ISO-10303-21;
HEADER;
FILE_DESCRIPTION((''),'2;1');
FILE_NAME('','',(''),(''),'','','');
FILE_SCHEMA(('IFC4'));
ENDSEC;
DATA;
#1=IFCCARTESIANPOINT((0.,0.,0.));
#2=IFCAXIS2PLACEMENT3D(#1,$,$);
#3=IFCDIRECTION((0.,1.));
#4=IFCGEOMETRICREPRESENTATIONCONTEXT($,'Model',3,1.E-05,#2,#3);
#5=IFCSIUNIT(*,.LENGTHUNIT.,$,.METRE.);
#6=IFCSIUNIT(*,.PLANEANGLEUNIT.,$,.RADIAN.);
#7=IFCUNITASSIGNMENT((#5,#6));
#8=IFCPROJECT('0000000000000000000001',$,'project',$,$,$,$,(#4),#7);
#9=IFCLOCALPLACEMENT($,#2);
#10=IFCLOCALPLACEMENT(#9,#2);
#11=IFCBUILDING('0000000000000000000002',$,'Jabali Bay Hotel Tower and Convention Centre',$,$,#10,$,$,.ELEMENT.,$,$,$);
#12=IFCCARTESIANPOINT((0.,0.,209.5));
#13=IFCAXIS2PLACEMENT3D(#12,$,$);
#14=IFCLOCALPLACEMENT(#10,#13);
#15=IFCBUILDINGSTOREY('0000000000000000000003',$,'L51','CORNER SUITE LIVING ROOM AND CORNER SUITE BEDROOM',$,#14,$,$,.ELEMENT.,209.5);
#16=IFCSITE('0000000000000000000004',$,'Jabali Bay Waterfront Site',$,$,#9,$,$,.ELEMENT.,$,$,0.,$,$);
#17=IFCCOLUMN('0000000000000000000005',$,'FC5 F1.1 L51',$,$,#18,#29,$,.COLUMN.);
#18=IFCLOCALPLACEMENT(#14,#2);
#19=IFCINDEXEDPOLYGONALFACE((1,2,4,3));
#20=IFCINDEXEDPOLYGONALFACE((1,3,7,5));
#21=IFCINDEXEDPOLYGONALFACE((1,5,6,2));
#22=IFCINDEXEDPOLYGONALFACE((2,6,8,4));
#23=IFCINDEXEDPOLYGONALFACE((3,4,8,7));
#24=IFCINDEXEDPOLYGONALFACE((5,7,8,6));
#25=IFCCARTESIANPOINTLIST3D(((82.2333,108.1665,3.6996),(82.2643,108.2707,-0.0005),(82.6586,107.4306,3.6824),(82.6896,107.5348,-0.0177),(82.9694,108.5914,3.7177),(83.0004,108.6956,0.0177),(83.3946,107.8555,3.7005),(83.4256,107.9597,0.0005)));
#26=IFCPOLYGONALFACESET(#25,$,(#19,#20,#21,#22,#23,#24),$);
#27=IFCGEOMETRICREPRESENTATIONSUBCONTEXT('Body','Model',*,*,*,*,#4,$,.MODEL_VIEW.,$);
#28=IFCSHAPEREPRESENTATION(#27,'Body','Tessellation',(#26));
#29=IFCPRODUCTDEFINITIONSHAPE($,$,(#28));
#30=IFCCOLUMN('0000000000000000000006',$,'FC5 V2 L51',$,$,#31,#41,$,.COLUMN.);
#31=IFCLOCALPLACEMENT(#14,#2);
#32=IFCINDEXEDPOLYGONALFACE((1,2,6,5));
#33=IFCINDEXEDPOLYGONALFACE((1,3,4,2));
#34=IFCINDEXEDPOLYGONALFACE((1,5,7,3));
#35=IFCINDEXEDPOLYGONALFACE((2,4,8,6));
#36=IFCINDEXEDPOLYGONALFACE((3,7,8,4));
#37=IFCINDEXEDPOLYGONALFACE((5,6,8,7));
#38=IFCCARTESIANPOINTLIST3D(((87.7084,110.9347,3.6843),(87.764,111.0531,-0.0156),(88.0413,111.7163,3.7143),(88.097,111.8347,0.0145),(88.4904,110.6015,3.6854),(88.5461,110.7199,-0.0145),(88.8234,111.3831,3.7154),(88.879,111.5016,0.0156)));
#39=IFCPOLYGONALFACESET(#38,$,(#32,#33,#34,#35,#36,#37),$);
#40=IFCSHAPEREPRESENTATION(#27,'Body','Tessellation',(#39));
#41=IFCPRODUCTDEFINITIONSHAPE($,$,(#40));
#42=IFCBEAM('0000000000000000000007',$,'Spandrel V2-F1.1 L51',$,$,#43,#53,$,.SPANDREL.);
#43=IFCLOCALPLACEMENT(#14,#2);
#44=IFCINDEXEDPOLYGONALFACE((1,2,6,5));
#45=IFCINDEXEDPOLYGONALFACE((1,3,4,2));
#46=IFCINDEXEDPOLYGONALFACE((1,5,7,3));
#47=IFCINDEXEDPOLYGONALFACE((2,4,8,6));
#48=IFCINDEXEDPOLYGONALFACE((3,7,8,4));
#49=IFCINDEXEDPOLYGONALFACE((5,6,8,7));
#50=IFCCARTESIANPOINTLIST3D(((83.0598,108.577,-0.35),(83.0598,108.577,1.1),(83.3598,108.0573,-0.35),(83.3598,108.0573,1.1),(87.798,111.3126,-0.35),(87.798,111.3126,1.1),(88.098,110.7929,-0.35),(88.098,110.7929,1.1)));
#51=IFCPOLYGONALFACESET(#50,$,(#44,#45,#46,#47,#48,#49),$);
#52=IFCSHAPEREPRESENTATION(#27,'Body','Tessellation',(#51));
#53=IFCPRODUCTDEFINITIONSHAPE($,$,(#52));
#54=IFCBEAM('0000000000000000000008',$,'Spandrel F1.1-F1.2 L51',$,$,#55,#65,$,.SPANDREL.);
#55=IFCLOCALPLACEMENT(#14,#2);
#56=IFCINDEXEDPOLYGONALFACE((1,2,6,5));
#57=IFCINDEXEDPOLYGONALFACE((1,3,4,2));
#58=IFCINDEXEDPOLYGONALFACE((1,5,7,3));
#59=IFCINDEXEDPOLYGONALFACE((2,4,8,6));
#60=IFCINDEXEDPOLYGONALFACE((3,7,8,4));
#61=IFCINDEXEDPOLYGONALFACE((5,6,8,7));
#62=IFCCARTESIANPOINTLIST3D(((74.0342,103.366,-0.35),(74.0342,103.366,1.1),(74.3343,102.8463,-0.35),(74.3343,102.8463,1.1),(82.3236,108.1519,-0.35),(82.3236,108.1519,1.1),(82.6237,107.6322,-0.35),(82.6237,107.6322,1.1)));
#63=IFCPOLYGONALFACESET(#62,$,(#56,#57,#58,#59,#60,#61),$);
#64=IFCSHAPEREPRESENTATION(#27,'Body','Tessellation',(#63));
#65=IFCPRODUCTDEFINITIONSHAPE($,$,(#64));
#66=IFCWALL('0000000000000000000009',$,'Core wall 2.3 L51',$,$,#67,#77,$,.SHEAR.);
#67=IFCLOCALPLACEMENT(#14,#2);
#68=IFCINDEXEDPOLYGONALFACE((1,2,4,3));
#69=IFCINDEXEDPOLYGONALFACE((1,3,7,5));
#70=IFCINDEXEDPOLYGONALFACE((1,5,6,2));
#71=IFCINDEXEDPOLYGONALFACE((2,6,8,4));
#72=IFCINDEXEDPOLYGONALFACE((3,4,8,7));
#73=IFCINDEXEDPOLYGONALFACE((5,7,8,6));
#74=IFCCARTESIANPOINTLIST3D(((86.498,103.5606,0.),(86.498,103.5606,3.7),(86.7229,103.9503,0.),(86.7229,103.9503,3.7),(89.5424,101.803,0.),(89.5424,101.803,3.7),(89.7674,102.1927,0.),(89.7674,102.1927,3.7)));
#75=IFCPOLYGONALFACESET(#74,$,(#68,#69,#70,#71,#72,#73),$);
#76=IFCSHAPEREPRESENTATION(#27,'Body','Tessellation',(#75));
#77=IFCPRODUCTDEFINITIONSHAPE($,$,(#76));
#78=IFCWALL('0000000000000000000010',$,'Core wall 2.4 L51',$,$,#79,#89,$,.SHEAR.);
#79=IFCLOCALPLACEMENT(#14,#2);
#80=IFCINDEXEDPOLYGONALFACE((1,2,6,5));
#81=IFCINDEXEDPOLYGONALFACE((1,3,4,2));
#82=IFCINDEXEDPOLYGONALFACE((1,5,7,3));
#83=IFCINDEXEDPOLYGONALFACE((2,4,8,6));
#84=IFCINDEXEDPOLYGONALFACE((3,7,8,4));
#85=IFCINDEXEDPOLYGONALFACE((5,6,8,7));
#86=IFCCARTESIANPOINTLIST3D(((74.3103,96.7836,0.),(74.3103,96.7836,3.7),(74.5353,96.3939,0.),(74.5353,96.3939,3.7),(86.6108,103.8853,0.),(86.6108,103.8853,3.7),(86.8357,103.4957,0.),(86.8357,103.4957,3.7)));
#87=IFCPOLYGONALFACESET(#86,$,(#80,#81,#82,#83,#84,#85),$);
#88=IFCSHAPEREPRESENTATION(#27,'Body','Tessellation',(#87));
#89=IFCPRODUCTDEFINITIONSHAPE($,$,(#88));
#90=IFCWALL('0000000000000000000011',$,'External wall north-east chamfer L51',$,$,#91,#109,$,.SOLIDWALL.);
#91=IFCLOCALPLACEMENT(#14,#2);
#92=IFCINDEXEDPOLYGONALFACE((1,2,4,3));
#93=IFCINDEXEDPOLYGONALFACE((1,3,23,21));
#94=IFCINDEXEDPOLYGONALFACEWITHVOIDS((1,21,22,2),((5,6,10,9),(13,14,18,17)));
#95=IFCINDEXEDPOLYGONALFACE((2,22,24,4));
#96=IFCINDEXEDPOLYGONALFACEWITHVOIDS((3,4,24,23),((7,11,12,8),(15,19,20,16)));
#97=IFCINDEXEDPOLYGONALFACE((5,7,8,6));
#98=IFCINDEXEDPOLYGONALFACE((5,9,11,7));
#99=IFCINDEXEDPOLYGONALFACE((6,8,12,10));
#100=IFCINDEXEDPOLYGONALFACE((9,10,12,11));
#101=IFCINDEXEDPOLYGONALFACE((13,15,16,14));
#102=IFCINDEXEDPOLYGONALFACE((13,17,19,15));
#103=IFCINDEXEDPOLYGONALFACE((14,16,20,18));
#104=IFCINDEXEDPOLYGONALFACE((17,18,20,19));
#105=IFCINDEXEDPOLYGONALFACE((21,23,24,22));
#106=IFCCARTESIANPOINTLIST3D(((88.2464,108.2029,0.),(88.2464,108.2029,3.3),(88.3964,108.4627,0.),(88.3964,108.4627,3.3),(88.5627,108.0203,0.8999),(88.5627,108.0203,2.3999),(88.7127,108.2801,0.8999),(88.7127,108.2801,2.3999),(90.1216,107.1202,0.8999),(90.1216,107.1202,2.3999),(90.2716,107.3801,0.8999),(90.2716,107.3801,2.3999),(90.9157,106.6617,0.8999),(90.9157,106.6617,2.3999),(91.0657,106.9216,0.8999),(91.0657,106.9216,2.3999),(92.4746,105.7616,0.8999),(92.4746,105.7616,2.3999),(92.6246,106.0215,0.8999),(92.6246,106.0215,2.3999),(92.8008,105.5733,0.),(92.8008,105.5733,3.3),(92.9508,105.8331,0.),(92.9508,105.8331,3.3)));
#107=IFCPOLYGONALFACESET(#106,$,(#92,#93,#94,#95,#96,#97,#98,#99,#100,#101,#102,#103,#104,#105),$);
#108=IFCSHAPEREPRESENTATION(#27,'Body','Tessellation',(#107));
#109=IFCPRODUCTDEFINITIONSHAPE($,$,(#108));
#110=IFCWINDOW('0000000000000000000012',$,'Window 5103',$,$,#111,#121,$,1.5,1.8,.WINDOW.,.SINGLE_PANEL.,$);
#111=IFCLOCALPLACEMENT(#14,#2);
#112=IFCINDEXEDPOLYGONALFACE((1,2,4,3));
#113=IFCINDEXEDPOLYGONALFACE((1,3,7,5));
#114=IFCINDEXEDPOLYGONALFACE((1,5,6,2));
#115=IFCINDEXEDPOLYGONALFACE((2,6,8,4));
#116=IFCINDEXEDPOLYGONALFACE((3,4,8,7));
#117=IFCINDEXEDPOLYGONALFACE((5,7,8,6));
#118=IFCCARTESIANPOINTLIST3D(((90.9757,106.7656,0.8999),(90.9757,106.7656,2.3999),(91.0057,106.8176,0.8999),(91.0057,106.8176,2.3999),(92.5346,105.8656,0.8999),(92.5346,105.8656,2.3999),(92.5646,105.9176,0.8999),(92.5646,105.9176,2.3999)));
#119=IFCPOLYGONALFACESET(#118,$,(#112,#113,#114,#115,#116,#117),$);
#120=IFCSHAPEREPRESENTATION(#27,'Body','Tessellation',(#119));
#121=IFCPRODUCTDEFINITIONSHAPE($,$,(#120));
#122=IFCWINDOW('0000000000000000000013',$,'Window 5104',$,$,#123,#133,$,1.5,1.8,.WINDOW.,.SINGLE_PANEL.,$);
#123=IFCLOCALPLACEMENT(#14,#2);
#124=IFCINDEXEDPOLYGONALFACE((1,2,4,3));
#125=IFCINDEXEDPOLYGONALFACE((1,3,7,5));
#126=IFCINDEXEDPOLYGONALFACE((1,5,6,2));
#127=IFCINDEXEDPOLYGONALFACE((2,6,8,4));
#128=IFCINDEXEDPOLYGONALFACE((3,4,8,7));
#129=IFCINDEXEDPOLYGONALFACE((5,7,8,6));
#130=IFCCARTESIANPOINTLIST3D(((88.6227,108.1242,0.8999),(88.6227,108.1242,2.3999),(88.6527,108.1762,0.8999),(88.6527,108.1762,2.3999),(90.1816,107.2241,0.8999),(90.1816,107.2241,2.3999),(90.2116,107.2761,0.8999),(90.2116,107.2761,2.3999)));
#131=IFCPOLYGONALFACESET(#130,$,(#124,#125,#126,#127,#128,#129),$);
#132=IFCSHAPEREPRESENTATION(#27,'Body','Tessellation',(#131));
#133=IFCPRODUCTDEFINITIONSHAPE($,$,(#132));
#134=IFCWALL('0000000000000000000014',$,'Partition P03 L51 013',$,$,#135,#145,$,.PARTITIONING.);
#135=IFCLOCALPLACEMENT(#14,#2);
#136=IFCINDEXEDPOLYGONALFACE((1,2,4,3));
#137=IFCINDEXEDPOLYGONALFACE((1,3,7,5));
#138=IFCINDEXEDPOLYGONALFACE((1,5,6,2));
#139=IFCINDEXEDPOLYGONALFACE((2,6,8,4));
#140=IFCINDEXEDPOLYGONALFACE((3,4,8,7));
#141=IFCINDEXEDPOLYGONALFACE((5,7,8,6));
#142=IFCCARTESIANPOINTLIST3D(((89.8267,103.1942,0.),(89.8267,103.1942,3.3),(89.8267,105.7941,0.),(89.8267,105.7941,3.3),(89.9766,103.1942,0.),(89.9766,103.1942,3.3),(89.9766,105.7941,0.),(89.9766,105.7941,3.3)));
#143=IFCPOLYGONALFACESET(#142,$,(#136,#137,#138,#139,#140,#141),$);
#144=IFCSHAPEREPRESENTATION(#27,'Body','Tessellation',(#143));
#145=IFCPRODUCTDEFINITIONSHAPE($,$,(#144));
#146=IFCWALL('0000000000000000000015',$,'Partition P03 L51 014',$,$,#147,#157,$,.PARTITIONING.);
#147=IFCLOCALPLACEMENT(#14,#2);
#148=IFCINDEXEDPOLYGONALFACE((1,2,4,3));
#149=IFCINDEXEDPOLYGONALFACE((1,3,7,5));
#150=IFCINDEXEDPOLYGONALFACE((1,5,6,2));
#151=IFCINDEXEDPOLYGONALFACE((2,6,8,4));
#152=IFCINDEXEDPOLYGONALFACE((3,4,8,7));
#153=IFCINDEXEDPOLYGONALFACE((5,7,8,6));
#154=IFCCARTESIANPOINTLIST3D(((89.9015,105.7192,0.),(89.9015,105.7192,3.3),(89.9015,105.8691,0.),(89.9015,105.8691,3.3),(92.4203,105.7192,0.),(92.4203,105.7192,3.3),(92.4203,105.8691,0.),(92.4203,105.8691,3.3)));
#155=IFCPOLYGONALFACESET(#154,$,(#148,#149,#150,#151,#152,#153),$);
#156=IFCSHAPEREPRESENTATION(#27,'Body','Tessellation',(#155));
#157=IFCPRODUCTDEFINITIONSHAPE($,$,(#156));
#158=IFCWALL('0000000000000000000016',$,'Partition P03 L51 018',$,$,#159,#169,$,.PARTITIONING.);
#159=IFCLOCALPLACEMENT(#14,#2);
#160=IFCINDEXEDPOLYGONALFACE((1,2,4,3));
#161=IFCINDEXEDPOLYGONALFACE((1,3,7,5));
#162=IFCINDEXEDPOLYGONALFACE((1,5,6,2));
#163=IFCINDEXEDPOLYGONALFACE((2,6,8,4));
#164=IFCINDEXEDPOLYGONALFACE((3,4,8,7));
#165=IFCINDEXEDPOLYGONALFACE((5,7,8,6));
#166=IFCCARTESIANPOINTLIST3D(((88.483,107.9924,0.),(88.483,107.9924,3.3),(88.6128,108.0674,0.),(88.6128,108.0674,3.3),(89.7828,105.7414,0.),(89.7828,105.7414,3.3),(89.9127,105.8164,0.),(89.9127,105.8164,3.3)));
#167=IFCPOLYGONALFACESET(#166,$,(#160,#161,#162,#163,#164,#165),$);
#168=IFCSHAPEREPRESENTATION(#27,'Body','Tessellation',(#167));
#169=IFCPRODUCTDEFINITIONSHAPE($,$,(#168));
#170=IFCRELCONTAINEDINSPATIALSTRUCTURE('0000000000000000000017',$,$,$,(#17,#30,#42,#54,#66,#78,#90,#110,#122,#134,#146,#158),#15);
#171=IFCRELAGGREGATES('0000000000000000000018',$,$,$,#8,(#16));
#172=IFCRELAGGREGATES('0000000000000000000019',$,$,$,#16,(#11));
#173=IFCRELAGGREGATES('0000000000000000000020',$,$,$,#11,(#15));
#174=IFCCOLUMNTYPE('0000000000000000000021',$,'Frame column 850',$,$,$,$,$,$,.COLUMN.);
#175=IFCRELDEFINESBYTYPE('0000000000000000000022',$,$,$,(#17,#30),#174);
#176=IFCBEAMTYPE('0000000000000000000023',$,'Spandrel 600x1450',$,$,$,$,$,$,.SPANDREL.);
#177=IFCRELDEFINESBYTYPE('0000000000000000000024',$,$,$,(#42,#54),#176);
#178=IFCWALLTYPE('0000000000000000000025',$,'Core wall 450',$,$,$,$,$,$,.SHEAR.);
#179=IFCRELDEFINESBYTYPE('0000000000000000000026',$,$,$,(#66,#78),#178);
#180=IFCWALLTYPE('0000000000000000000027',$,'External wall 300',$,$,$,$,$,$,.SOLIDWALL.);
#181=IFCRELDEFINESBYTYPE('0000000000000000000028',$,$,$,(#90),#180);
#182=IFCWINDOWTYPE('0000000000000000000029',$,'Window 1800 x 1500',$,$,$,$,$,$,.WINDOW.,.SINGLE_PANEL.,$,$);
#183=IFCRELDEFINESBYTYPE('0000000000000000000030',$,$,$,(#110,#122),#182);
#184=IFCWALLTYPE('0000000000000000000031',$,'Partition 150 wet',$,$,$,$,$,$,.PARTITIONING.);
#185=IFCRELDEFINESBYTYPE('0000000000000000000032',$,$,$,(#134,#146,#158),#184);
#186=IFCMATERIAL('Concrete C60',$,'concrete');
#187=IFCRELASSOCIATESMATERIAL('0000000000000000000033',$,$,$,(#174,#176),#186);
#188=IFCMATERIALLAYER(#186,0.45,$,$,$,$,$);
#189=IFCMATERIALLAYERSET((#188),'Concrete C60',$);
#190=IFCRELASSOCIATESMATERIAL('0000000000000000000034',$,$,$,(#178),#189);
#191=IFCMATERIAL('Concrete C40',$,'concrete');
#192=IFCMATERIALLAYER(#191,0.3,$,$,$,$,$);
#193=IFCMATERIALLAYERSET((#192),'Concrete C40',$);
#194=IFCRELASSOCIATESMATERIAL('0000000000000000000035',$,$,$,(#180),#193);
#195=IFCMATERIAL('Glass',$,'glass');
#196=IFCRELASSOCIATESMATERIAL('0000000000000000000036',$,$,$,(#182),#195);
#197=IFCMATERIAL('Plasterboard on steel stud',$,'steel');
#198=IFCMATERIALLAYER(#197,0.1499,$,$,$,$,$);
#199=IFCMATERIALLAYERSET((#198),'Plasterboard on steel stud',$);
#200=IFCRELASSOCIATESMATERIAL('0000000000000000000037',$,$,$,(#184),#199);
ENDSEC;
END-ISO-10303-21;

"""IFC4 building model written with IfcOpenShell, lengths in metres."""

from ifc_helpers import new_model, si_unit, direction, frame, frame_2d, origin, origin_2d, place, context, subcontext, project, spatial, rectangle, extrude, material, layer, layer_set, material_profile, profile_set, type_object, element, fill, save


model = new_model("IFC4")

# Units and contexts
model_context = context("Model", 3, precision=1e-05, world=origin(), true_north=direction((0.0, 1.0)))
body_context = subcontext(model_context, "Body", "Model", "MODEL_VIEW")
ifc_project = project(units=[si_unit("LENGTHUNIT", "METRE"), si_unit("PLANEANGLEUNIT", "RADIAN")], contexts=[model_context])

# Site, building, storey
site_placement = place(None, origin())
site = spatial("IfcSite", under=ifc_project, at=site_placement, Name="Jabali Bay Waterfront Site", CompositionType="ELEMENT", RefElevation=0.0)
building_placement = place(site_placement, origin())
building = spatial("IfcBuilding", under=site, at=building_placement, Name="Jabali Bay Hotel Tower and Convention Centre", CompositionType="ELEMENT")
storey_placement = place(building_placement, frame((0.0, 0.0, 209.5)))
storey = spatial("IfcBuildingStorey", under=building, at=storey_placement, Name="L51", Description="CORNER SUITE LIVING ROOM AND CORNER SUITE BEDROOM", CompositionType="ELEMENT", Elevation=209.5)

# Columns
ifc_material_1 = material(Name="Concrete C60", Category="concrete")
ifc_material_profile_1 = material_profile(ifc_material_1, rectangle(XDim=0.8501, YDim=0.8501, at=origin_2d()), Name="Frame column 850")
ifc_profile_set_1 = profile_set([ifc_material_profile_1], Name="Concrete C60")
column_type = type_object("IfcColumnType", Name="Frame column 850", PredefinedType="COLUMN", material=ifc_profile_set_1)
column_1_placement = place(storey_placement, frame((82.845, 108.1152, 0.0), z_axis=(-0.008376, -0.028163, 0.999568), x_axis=(0.865852, 0.499845, 0.021339)))
element("IfcColumn", 1, at=column_1_placement, inside=storey, type_object=column_type, Name="FC5 F1.1 L51", PredefinedType="COLUMN", context=body_context, shape_type="SweptSolid", body=[
    extrude(rectangle(XDim=0.8501, YDim=0.8501, at=origin_2d()), origin(), (0.0, 0.0, 1.0), 3.7017),
])
column_2_placement = place(storey_placement, frame((88.3215, 111.2773, 0.0), z_axis=(-0.015035, -0.031983, 0.999375), x_axis=(0.919987, -0.391947, 0.001297)))
element("IfcColumn", 2, at=column_2_placement, inside=storey, type_object=column_type, Name="FC5 V2 L51", PredefinedType="COLUMN", context=body_context, shape_type="SweptSolid", body=[
    extrude(rectangle(XDim=0.8501, YDim=0.8501, at=origin_2d()), origin(), (0.0, 0.0, 1.0), 3.7021),
])

# Beams
ifc_material_profile_2 = material_profile(ifc_material_1, rectangle(XDim=0.6001, YDim=1.45, at=origin_2d()), Name="Spandrel 600x1450")
ifc_profile_set_2 = profile_set([ifc_material_profile_2], Name="Concrete C60")
beam_type = type_object("IfcBeamType", Name="Spandrel 600x1450", PredefinedType="SPANDREL", material=ifc_profile_set_2)
beam_1_placement = place(storey_placement, frame((87.948, 111.0527, 0.375), z_axis=(-0.86603, -0.499993, 0.0), x_axis=(0.499993, -0.86603, 0.0)))
element("IfcBeam", 3, at=beam_1_placement, inside=storey, type_object=beam_type, Name="Spandrel V2-F1.1 L51", PredefinedType="SPANDREL", context=body_context, shape_type="SweptSolid", body=[
    extrude(rectangle(XDim=0.6001, YDim=1.45, at=origin_2d()), origin(), (0.0, 0.0, 1.0), 5.4712),
])
beam_2_placement = place(storey_placement, frame((82.4736, 107.8921, 0.375), z_axis=(-0.866023, -0.500004, 0.0), x_axis=(0.500004, -0.866023, 0.0)))
element("IfcBeam", 4, at=beam_2_placement, inside=storey, type_object=beam_type, Name="Spandrel F1.1-F1.2 L51", PredefinedType="SPANDREL", context=body_context, shape_type="SweptSolid", body=[
    extrude(rectangle(XDim=0.6001, YDim=1.45, at=origin_2d()), origin(), (0.0, 0.0, 1.0), 9.5718),
])

# Walls
ifc_layer_1 = layer(ifc_material_1, 0.45)
ifc_layer_set_1 = layer_set([ifc_layer_1], Name="Concrete C60")
wall_type_1 = type_object("IfcWallType", Name="Core wall 450", PredefinedType="SHEAR", material=ifc_layer_set_1)
wall_1_placement = place(storey_placement, frame((89.655, 101.9978, 0.0), z_axis=(0.0, 0.0, 1.0), x_axis=(-0.866042, 0.499971, 0.0)))
element("IfcWall", 5, at=wall_1_placement, inside=storey, type_object=wall_type_1, Name="Core wall 2.3 L51", PredefinedType="SHEAR", context=body_context, shape_type="SweptSolid", body=[
    extrude(rectangle(XDim=3.5154, YDim=0.45, at=frame_2d((1.7578, 0.0))), origin(), (0.0, 0.0, 1.0), 3.7),
])
wall_2_placement = place(storey_placement, frame((86.7231, 103.6904, 0.0), z_axis=(0.0, 0.0, 1.0), x_axis=(-0.866023, -0.500005, 0.0)))
element("IfcWall", 6, at=wall_2_placement, inside=storey, type_object=wall_type_1, Name="Core wall 2.4 L51", PredefinedType="SHEAR", context=body_context, shape_type="SweptSolid", body=[
    extrude(rectangle(XDim=14.2034, YDim=0.45, at=frame_2d((7.1016, 0.0))), origin(), (0.0, 0.0, 1.0), 3.7),
])

# Wall, openings, windows
ifc_material_2 = material(Name="Concrete C40", Category="concrete")
ifc_layer_2 = layer(ifc_material_2, 0.3)
ifc_layer_set_2 = layer_set([ifc_layer_2], Name="Concrete C40")
wall_type_2 = type_object("IfcWallType", Name="External wall 300", PredefinedType="SOLIDWALL", material=ifc_layer_set_2)
wall_3_placement = place(storey_placement, frame((88.3215, 108.3328, 0.0), z_axis=(0.0, 0.0, 1.0), x_axis=(0.866015, -0.500018, 0.0)))
wall_3 = element("IfcWall", 7, at=wall_3_placement, inside=storey, type_object=wall_type_2, Name="External wall north-east chamfer L51", PredefinedType="SOLIDWALL", context=body_context, shape_type="SweptSolid", body=[
    extrude(rectangle(XDim=5.259, YDim=0.3, at=frame_2d((2.6294, 0.0))), origin(), (0.0, 0.0, 1.0), 3.3),
])
opening_1_placement = place(wall_3_placement, frame((3.0823, 0.0, 0.8999)))
opening_1 = element("IfcOpeningElement", 8, at=opening_1_placement, cuts=wall_3, PredefinedType="OPENING", context=body_context, shape_type="SweptSolid", body=[
    extrude(rectangle(XDim=1.8, YDim=1.5, at=frame_2d((0.8999, 0.75))), frame((0.0, 0.1606, 0.0), z_axis=(0.0, -1.0, 0.0), x_axis=(1.0, 0.0, 0.0)), (0.0, 0.0, 1.0), 0.321),
])
opening_2_placement = place(wall_3_placement, frame((0.3652, 0.0, 0.8999)))
opening_2 = element("IfcOpeningElement", 9, at=opening_2_placement, cuts=wall_3, PredefinedType="OPENING", context=body_context, shape_type="SweptSolid", body=[
    extrude(rectangle(XDim=1.8, YDim=1.5, at=frame_2d((0.8999, 0.75))), frame((0.0, 0.1606, 0.0), z_axis=(0.0, -1.0, 0.0), x_axis=(1.0, 0.0, 0.0)), (0.0, 0.0, 1.0), 0.321),
])
ifc_material_3 = material(Name="Glass", Category="glass")
window_type = type_object("IfcWindowType", Name="Window 1800 x 1500", PartitioningType="SINGLE_PANEL", PredefinedType="WINDOW", material=ifc_material_3)
window_1_placement = place(opening_1_placement, origin())
window_1 = element("IfcWindow", 10, at=window_1_placement, inside=storey, type_object=window_type, Name="Window 5103", OverallHeight=1.5, OverallWidth=1.8, PartitioningType="SINGLE_PANEL", PredefinedType="WINDOW", context=body_context, shape_type="SweptSolid", body=[
    extrude(rectangle(XDim=1.8, YDim=1.5, at=frame_2d((0.8999, 0.75))), frame((0.0, 0.03, 0.0), z_axis=(0.0, -1.0, 0.0), x_axis=(1.0, 0.0, 0.0)), (0.0, 0.0, 1.0), 0.0601),
])
fill(opening_1, window_1)
window_2_placement = place(opening_2_placement, origin())
window_2 = element("IfcWindow", 11, at=window_2_placement, inside=storey, type_object=window_type, Name="Window 5104", OverallHeight=1.5, OverallWidth=1.8, PartitioningType="SINGLE_PANEL", PredefinedType="WINDOW", context=body_context, shape_type="SweptSolid", body=[
    extrude(rectangle(XDim=1.8, YDim=1.5, at=frame_2d((0.8999, 0.75))), frame((0.0, 0.03, 0.0), z_axis=(0.0, -1.0, 0.0), x_axis=(1.0, 0.0, 0.0)), (0.0, 0.0, 1.0), 0.0601),
])
fill(opening_2, window_2)

# Walls
ifc_material_4 = material(Name="Plasterboard on steel stud", Category="steel")
ifc_layer_3 = layer(ifc_material_4, 0.1499)
ifc_layer_set_3 = layer_set([ifc_layer_3], Name="Plasterboard on steel stud")
wall_type_3 = type_object("IfcWallType", Name="Partition 150 wet", PredefinedType="PARTITIONING", material=ifc_layer_set_3)
wall_4_placement = place(storey_placement, frame((89.9016, 103.1943, 0.0), z_axis=(0.0, 0.0, 1.0), x_axis=(0.0, 1.0, 0.0)))
element("IfcWall", 12, at=wall_4_placement, inside=storey, type_object=wall_type_3, Name="Partition P03 L51 013", PredefinedType="PARTITIONING", context=body_context, shape_type="SweptSolid", body=[
    extrude(rectangle(XDim=2.5999, YDim=0.1499, at=frame_2d((1.2998, 0.0))), origin(), (0.0, 0.0, 1.0), 3.3),
])
wall_5_placement = place(storey_placement, frame((89.9016, 105.7942, 0.0), z_axis=(0.0, 0.0, 1.0), x_axis=(1.0, 0.0, 0.0)))
element("IfcWall", 13, at=wall_5_placement, inside=storey, type_object=wall_type_3, Name="Partition P03 L51 014", PredefinedType="PARTITIONING", context=body_context, shape_type="SweptSolid", body=[
    extrude(rectangle(XDim=2.5188, YDim=0.1499, at=frame_2d((1.2593, 0.0))), origin(), (0.0, 0.0, 1.0), 3.3),
])
wall_6_placement = place(storey_placement, frame((88.5479, 108.03, 0.0), z_axis=(0.0, 0.0, 1.0), x_axis=(0.500059, -0.865992, 0.0)))
element("IfcWall", 14, at=wall_6_placement, inside=storey, type_object=wall_type_3, Name="Partition P03 L51 018", PredefinedType="PARTITIONING", context=body_context, shape_type="SweptSolid", body=[
    extrude(rectangle(XDim=2.5994, YDim=0.1499, at=frame_2d((1.2998, 0.0))), origin(), (0.0, 0.0, 1.0), 3.3),
])

save(model, "model.ifc")
